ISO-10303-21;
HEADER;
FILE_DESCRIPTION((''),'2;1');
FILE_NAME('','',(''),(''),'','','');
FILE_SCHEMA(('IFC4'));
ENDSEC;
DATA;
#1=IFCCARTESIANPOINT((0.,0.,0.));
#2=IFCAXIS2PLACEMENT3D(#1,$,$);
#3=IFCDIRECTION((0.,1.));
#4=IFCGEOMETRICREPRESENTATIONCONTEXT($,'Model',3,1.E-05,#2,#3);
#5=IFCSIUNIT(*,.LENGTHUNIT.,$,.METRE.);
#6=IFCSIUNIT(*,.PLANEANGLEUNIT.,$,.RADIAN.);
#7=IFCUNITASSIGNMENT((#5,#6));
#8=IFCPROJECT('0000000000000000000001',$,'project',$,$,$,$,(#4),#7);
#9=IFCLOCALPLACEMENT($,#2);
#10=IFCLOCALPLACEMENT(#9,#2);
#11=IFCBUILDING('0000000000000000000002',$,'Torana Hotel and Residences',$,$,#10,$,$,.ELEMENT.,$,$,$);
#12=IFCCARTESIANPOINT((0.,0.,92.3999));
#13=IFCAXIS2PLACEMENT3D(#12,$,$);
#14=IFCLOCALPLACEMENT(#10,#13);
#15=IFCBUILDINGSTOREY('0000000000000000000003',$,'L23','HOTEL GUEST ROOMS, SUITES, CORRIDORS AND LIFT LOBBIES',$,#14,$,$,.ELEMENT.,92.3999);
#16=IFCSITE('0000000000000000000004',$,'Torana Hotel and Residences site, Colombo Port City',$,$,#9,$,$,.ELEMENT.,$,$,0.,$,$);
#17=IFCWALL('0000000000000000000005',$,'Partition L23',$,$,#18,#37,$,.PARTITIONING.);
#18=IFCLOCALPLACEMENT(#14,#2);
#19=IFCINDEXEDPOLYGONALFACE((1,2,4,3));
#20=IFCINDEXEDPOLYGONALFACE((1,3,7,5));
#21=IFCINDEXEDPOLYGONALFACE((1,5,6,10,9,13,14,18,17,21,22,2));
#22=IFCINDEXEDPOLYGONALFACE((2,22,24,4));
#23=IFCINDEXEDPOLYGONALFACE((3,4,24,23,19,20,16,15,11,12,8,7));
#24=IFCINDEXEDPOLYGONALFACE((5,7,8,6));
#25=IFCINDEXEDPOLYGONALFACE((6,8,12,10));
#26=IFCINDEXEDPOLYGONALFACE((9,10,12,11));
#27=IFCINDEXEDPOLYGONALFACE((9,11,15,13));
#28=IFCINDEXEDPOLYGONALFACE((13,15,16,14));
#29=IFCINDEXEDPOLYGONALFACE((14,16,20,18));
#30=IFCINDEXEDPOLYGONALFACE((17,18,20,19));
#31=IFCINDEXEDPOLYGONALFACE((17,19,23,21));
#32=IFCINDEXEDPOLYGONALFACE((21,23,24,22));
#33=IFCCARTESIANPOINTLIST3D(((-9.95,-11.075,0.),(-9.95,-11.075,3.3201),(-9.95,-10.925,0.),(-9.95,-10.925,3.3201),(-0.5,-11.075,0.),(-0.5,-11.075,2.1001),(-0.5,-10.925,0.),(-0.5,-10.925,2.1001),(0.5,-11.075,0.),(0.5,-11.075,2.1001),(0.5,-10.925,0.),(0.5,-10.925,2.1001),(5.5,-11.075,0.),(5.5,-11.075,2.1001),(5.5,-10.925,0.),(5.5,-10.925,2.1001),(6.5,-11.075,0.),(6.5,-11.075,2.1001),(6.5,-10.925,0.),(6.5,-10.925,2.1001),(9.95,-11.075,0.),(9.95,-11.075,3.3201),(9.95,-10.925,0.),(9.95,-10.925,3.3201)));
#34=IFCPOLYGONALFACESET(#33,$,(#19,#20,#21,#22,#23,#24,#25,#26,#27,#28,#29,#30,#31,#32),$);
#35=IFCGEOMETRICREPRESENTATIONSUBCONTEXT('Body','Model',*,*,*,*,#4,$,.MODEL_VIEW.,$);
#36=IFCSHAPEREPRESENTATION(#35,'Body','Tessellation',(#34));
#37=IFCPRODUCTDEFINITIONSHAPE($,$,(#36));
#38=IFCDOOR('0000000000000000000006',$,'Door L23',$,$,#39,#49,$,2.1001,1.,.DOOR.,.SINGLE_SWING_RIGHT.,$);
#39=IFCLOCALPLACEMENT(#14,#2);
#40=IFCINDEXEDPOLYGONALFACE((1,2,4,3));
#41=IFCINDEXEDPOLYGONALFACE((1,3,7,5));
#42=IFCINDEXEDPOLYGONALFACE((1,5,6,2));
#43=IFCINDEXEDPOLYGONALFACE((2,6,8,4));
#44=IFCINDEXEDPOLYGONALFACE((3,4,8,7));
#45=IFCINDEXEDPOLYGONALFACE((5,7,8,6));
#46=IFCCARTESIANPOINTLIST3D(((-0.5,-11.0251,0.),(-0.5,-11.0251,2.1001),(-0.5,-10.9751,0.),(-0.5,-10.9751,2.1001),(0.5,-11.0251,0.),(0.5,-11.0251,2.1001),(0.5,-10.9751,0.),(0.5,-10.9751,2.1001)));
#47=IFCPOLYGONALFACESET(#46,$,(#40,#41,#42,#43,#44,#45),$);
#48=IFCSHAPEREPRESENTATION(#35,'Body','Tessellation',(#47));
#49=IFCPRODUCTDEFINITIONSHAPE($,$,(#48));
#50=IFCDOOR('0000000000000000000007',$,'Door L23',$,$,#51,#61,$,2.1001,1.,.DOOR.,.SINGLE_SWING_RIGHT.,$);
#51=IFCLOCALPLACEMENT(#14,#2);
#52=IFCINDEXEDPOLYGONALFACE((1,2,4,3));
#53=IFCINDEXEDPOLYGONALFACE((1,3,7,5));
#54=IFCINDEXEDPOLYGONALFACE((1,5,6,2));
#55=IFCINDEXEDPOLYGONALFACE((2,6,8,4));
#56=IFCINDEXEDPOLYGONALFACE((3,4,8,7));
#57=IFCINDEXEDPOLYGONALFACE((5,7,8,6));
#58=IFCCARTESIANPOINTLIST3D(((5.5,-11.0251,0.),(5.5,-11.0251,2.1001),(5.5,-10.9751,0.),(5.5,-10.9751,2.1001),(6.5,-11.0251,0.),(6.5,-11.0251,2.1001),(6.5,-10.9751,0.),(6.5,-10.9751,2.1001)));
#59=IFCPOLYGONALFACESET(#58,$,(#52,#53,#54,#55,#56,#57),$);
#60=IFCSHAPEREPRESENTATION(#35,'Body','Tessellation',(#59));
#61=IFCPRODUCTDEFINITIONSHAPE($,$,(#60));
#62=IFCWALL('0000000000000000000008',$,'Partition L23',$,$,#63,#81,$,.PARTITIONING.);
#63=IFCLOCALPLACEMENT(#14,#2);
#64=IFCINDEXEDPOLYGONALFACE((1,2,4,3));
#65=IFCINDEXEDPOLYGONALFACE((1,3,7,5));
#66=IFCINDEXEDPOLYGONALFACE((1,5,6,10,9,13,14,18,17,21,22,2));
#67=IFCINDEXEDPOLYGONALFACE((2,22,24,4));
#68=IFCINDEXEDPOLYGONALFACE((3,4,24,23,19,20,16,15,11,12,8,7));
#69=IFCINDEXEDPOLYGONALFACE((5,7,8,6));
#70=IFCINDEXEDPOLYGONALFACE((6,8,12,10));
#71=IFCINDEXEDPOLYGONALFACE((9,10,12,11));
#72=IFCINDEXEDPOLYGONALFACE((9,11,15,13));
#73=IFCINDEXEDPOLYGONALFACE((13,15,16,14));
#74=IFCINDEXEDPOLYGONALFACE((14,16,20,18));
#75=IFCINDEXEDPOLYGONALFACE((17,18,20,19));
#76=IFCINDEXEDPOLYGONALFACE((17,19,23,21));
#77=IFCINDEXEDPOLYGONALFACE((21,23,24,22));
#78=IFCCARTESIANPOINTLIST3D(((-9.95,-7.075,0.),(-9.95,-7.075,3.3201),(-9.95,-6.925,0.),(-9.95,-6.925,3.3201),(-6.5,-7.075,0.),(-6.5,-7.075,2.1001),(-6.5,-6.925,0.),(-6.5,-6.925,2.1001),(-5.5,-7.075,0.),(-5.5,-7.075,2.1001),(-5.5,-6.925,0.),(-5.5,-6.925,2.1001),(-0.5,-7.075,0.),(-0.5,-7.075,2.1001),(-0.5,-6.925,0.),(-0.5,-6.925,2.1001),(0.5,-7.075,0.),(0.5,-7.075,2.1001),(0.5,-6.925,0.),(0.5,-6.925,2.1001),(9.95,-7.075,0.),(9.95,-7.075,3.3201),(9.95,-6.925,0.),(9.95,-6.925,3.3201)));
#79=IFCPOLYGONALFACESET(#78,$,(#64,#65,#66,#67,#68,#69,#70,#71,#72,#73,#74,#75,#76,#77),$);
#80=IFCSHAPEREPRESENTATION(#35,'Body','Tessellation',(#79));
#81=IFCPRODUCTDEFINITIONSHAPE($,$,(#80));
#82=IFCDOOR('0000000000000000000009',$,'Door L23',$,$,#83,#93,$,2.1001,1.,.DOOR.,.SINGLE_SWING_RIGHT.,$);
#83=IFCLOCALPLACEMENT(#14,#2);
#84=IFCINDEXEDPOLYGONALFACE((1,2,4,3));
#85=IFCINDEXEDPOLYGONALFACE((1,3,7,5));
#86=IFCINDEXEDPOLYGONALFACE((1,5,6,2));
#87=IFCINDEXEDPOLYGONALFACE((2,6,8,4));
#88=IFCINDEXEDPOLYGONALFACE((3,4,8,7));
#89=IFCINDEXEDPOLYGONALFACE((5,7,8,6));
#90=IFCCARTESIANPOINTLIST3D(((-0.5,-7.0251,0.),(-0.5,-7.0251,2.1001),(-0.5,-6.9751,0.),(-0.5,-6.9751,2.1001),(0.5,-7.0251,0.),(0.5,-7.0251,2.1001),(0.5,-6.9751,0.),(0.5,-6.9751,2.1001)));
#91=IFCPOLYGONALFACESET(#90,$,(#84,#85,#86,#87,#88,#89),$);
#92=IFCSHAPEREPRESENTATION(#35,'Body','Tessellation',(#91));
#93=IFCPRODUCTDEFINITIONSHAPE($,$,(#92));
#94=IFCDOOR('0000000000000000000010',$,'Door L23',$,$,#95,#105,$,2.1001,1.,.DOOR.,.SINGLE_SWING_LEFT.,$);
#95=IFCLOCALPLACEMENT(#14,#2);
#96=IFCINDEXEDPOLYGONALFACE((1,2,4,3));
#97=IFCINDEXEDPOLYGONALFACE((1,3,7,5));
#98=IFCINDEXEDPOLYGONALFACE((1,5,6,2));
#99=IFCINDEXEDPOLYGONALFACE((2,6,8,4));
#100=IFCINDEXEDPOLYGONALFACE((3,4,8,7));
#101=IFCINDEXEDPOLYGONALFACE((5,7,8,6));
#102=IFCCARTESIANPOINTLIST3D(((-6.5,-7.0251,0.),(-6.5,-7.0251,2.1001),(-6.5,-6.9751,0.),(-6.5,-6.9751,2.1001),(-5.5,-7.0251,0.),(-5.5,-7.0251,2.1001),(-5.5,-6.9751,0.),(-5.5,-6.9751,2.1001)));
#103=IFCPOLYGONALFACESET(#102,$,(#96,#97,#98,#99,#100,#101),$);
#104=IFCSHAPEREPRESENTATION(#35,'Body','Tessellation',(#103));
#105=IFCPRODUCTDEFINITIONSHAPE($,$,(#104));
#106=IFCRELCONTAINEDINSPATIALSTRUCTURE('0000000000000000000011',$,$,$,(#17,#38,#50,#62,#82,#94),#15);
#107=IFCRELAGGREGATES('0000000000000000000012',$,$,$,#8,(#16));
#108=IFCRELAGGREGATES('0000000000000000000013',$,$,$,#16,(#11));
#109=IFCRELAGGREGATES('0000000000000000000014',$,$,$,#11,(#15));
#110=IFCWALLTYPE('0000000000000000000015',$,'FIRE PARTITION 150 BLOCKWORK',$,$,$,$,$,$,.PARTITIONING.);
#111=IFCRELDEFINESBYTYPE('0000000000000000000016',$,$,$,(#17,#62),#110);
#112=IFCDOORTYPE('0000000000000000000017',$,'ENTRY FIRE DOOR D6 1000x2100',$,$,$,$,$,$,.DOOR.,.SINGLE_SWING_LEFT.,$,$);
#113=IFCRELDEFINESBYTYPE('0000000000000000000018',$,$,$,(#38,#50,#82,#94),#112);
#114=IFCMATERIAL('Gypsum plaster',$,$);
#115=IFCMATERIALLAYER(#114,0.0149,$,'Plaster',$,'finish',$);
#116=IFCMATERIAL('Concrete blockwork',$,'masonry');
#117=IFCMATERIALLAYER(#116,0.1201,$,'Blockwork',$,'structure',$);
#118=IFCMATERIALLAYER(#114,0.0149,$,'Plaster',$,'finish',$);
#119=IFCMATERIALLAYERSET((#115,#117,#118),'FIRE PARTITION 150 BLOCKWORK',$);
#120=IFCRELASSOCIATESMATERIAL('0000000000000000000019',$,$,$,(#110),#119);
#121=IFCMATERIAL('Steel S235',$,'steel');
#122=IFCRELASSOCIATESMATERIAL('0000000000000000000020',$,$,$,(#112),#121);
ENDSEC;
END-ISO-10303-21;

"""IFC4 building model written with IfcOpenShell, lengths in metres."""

from ifc_helpers import new_model, si_unit, direction, frame, frame_2d, origin, place, context, subcontext, project, spatial, rectangle, extrude, material, layer, layer_set, type_object, element, fill, save


model = new_model("IFC4")

# Units and contexts
model_context = context("Model", 3, precision=1e-05, world=origin(), true_north=direction((0.0, 1.0)))
body_context = subcontext(model_context, "Body", "Model", "MODEL_VIEW")
ifc_project = project(units=[si_unit("LENGTHUNIT", "METRE"), si_unit("PLANEANGLEUNIT", "RADIAN")], contexts=[model_context])

# Site, building, storey
site_placement = place(None, origin())
site = spatial("IfcSite", under=ifc_project, at=site_placement, Name="Torana Hotel and Residences site, Colombo Port City", CompositionType="ELEMENT", RefElevation=0.0)
building_placement = place(site_placement, origin())
building = spatial("IfcBuilding", under=site, at=building_placement, Name="Torana Hotel and Residences", CompositionType="ELEMENT")
storey_placement = place(building_placement, frame((0.0, 0.0, 92.3999)))
storey = spatial("IfcBuildingStorey", under=building, at=storey_placement, Name="L23", Description="HOTEL GUEST ROOMS, SUITES, CORRIDORS AND LIFT LOBBIES", CompositionType="ELEMENT", Elevation=92.3999)

# Shared definitions
ifc_material_1 = material(Name="Gypsum plaster")
ifc_layer_1 = layer(ifc_material_1, 0.0149, Name="Plaster", Category="finish")
ifc_material_2 = material(Name="Concrete blockwork", Category="masonry")
ifc_layer_2 = layer(ifc_material_2, 0.1201, Name="Blockwork", Category="structure")
ifc_layer_3 = layer(ifc_material_1, 0.0149, Name="Plaster", Category="finish")
ifc_layer_set_1 = layer_set([ifc_layer_1, ifc_layer_2, ifc_layer_3], Name="FIRE PARTITION 150 BLOCKWORK")
wall_type_1 = type_object("IfcWallType", Name="FIRE PARTITION 150 BLOCKWORK", PredefinedType="PARTITIONING", material=ifc_layer_set_1)

# Walls, openings, doors
wall_1_placement = place(storey_placement, frame((-9.95, -11.0, 0.0), z_axis=(0.0, 0.0, 1.0), x_axis=(1.0, 0.0, 0.0)))
wall_1 = element("IfcWall", 1, at=wall_1_placement, inside=storey, type_object=wall_type_1, Name="Partition L23", PredefinedType="PARTITIONING", context=body_context, shape_type="SweptSolid", body=[
    extrude(rectangle(XDim=19.8999, YDim=0.1499, at=frame_2d((9.95, 0.0))), origin(), (0.0, 0.0, 1.0), 3.3201),
])
opening_1_placement = place(wall_1_placement, frame((9.45, 0.0, 0.0)))
opening_1 = element("IfcOpeningElement", 2, at=opening_1_placement, cuts=wall_1, PredefinedType="OPENING", context=body_context, shape_type="SweptSolid", body=[
    extrude(rectangle(XDim=1.0, YDim=2.1001, at=frame_2d((0.5, 1.05))), frame((0.0, 0.085, 0.0), z_axis=(0.0, -1.0, 0.0), x_axis=(1.0, 0.0, 0.0)), (0.0, 0.0, 1.0), 0.1699),
])
opening_2_placement = place(wall_1_placement, frame((15.45, 0.0, 0.0)))
opening_2 = element("IfcOpeningElement", 3, at=opening_2_placement, cuts=wall_1, PredefinedType="OPENING", context=body_context, shape_type="SweptSolid", body=[
    extrude(rectangle(XDim=1.0, YDim=2.1001, at=frame_2d((0.5, 1.05))), frame((0.0, 0.085, 0.0), z_axis=(0.0, -1.0, 0.0), x_axis=(1.0, 0.0, 0.0)), (0.0, 0.0, 1.0), 0.1699),
])
ifc_material_3 = material(Name="Steel S235", Category="steel")
door_type = type_object("IfcDoorType", Name="ENTRY FIRE DOOR D6 1000x2100", OperationType="SINGLE_SWING_LEFT", PredefinedType="DOOR", material=ifc_material_3)
door_1_placement = place(opening_1_placement, origin())
door_1 = element("IfcDoor", 4, at=door_1_placement, inside=storey, type_object=door_type, Name="Door L23", OperationType="SINGLE_SWING_RIGHT", OverallHeight=2.1001, OverallWidth=1.0, PredefinedType="DOOR", context=body_context, shape_type="SweptSolid", body=[
    extrude(rectangle(XDim=1.0, YDim=2.1001, at=frame_2d((0.5, 1.05))), frame((0.0, 0.0249, 0.0), z_axis=(0.0, -1.0, 0.0), x_axis=(1.0, 0.0, 0.0)), (0.0, 0.0, 1.0), 0.05),
])
fill(opening_1, door_1)
door_2_placement = place(opening_2_placement, origin())
door_2 = element("IfcDoor", 5, at=door_2_placement, inside=storey, type_object=door_type, Name="Door L23", OperationType="SINGLE_SWING_RIGHT", OverallHeight=2.1001, OverallWidth=1.0, PredefinedType="DOOR", context=body_context, shape_type="SweptSolid", body=[
    extrude(rectangle(XDim=1.0, YDim=2.1001, at=frame_2d((0.5, 1.05))), frame((0.0, 0.0249, 0.0), z_axis=(0.0, -1.0, 0.0), x_axis=(1.0, 0.0, 0.0)), (0.0, 0.0, 1.0), 0.05),
])
fill(opening_2, door_2)
wall_2_placement = place(storey_placement, frame((-9.95, -7.0, 0.0), z_axis=(0.0, 0.0, 1.0), x_axis=(1.0, 0.0, 0.0)))
wall_2 = element("IfcWall", 6, at=wall_2_placement, inside=storey, type_object=wall_type_1, Name="Partition L23", PredefinedType="PARTITIONING", context=body_context, shape_type="SweptSolid", body=[
    extrude(rectangle(XDim=19.8999, YDim=0.1499, at=frame_2d((9.95, 0.0))), origin(), (0.0, 0.0, 1.0), 3.3201),
])
opening_3_placement = place(wall_2_placement, frame((9.45, 0.0, 0.0)))
opening_3 = element("IfcOpeningElement", 7, at=opening_3_placement, cuts=wall_2, PredefinedType="OPENING", context=body_context, shape_type="SweptSolid", body=[
    extrude(rectangle(XDim=1.0, YDim=2.1001, at=frame_2d((0.5, 1.05))), frame((0.0, 0.085, 0.0), z_axis=(0.0, -1.0, 0.0), x_axis=(1.0, 0.0, 0.0)), (0.0, 0.0, 1.0), 0.1699),
])
opening_4_placement = place(wall_2_placement, frame((3.45, 0.0, 0.0)))
opening_4 = element("IfcOpeningElement", 8, at=opening_4_placement, cuts=wall_2, PredefinedType="OPENING", context=body_context, shape_type="SweptSolid", body=[
    extrude(rectangle(XDim=1.0, YDim=2.1001, at=frame_2d((0.5, 1.05))), frame((0.0, 0.085, 0.0), z_axis=(0.0, -1.0, 0.0), x_axis=(1.0, 0.0, 0.0)), (0.0, 0.0, 1.0), 0.1699),
])
door_3_placement = place(opening_3_placement, origin())
door_3 = element("IfcDoor", 9, at=door_3_placement, inside=storey, type_object=door_type, Name="Door L23", OperationType="SINGLE_SWING_RIGHT", OverallHeight=2.1001, OverallWidth=1.0, PredefinedType="DOOR", context=body_context, shape_type="SweptSolid", body=[
    extrude(rectangle(XDim=1.0, YDim=2.1001, at=frame_2d((0.5, 1.05))), frame((0.0, 0.0249, 0.0), z_axis=(0.0, -1.0, 0.0), x_axis=(1.0, 0.0, 0.0)), (0.0, 0.0, 1.0), 0.05),
])
fill(opening_3, door_3)
door_4_placement = place(opening_4_placement, frame((0.5, 0.0, 0.0), z_axis=(0.0, 0.0, 1.0), x_axis=(-1.0, 0.0, 0.0)))
door_4 = element("IfcDoor", 10, at=door_4_placement, inside=storey, type_object=door_type, Name="Door L23", OperationType="SINGLE_SWING_LEFT", OverallHeight=2.1001, OverallWidth=1.0, PredefinedType="DOOR", context=body_context, shape_type="SweptSolid", body=[
    extrude(rectangle(XDim=1.0, YDim=2.1001, at=frame_2d((0.0, 1.05))), frame((0.0, -0.0249, 0.0), z_axis=(0.0, 1.0, 0.0), x_axis=(-1.0, 0.0, 0.0)), (0.0, 0.0, 1.0), 0.05),
])
fill(opening_4, door_4)

save(model, "model.ifc")
